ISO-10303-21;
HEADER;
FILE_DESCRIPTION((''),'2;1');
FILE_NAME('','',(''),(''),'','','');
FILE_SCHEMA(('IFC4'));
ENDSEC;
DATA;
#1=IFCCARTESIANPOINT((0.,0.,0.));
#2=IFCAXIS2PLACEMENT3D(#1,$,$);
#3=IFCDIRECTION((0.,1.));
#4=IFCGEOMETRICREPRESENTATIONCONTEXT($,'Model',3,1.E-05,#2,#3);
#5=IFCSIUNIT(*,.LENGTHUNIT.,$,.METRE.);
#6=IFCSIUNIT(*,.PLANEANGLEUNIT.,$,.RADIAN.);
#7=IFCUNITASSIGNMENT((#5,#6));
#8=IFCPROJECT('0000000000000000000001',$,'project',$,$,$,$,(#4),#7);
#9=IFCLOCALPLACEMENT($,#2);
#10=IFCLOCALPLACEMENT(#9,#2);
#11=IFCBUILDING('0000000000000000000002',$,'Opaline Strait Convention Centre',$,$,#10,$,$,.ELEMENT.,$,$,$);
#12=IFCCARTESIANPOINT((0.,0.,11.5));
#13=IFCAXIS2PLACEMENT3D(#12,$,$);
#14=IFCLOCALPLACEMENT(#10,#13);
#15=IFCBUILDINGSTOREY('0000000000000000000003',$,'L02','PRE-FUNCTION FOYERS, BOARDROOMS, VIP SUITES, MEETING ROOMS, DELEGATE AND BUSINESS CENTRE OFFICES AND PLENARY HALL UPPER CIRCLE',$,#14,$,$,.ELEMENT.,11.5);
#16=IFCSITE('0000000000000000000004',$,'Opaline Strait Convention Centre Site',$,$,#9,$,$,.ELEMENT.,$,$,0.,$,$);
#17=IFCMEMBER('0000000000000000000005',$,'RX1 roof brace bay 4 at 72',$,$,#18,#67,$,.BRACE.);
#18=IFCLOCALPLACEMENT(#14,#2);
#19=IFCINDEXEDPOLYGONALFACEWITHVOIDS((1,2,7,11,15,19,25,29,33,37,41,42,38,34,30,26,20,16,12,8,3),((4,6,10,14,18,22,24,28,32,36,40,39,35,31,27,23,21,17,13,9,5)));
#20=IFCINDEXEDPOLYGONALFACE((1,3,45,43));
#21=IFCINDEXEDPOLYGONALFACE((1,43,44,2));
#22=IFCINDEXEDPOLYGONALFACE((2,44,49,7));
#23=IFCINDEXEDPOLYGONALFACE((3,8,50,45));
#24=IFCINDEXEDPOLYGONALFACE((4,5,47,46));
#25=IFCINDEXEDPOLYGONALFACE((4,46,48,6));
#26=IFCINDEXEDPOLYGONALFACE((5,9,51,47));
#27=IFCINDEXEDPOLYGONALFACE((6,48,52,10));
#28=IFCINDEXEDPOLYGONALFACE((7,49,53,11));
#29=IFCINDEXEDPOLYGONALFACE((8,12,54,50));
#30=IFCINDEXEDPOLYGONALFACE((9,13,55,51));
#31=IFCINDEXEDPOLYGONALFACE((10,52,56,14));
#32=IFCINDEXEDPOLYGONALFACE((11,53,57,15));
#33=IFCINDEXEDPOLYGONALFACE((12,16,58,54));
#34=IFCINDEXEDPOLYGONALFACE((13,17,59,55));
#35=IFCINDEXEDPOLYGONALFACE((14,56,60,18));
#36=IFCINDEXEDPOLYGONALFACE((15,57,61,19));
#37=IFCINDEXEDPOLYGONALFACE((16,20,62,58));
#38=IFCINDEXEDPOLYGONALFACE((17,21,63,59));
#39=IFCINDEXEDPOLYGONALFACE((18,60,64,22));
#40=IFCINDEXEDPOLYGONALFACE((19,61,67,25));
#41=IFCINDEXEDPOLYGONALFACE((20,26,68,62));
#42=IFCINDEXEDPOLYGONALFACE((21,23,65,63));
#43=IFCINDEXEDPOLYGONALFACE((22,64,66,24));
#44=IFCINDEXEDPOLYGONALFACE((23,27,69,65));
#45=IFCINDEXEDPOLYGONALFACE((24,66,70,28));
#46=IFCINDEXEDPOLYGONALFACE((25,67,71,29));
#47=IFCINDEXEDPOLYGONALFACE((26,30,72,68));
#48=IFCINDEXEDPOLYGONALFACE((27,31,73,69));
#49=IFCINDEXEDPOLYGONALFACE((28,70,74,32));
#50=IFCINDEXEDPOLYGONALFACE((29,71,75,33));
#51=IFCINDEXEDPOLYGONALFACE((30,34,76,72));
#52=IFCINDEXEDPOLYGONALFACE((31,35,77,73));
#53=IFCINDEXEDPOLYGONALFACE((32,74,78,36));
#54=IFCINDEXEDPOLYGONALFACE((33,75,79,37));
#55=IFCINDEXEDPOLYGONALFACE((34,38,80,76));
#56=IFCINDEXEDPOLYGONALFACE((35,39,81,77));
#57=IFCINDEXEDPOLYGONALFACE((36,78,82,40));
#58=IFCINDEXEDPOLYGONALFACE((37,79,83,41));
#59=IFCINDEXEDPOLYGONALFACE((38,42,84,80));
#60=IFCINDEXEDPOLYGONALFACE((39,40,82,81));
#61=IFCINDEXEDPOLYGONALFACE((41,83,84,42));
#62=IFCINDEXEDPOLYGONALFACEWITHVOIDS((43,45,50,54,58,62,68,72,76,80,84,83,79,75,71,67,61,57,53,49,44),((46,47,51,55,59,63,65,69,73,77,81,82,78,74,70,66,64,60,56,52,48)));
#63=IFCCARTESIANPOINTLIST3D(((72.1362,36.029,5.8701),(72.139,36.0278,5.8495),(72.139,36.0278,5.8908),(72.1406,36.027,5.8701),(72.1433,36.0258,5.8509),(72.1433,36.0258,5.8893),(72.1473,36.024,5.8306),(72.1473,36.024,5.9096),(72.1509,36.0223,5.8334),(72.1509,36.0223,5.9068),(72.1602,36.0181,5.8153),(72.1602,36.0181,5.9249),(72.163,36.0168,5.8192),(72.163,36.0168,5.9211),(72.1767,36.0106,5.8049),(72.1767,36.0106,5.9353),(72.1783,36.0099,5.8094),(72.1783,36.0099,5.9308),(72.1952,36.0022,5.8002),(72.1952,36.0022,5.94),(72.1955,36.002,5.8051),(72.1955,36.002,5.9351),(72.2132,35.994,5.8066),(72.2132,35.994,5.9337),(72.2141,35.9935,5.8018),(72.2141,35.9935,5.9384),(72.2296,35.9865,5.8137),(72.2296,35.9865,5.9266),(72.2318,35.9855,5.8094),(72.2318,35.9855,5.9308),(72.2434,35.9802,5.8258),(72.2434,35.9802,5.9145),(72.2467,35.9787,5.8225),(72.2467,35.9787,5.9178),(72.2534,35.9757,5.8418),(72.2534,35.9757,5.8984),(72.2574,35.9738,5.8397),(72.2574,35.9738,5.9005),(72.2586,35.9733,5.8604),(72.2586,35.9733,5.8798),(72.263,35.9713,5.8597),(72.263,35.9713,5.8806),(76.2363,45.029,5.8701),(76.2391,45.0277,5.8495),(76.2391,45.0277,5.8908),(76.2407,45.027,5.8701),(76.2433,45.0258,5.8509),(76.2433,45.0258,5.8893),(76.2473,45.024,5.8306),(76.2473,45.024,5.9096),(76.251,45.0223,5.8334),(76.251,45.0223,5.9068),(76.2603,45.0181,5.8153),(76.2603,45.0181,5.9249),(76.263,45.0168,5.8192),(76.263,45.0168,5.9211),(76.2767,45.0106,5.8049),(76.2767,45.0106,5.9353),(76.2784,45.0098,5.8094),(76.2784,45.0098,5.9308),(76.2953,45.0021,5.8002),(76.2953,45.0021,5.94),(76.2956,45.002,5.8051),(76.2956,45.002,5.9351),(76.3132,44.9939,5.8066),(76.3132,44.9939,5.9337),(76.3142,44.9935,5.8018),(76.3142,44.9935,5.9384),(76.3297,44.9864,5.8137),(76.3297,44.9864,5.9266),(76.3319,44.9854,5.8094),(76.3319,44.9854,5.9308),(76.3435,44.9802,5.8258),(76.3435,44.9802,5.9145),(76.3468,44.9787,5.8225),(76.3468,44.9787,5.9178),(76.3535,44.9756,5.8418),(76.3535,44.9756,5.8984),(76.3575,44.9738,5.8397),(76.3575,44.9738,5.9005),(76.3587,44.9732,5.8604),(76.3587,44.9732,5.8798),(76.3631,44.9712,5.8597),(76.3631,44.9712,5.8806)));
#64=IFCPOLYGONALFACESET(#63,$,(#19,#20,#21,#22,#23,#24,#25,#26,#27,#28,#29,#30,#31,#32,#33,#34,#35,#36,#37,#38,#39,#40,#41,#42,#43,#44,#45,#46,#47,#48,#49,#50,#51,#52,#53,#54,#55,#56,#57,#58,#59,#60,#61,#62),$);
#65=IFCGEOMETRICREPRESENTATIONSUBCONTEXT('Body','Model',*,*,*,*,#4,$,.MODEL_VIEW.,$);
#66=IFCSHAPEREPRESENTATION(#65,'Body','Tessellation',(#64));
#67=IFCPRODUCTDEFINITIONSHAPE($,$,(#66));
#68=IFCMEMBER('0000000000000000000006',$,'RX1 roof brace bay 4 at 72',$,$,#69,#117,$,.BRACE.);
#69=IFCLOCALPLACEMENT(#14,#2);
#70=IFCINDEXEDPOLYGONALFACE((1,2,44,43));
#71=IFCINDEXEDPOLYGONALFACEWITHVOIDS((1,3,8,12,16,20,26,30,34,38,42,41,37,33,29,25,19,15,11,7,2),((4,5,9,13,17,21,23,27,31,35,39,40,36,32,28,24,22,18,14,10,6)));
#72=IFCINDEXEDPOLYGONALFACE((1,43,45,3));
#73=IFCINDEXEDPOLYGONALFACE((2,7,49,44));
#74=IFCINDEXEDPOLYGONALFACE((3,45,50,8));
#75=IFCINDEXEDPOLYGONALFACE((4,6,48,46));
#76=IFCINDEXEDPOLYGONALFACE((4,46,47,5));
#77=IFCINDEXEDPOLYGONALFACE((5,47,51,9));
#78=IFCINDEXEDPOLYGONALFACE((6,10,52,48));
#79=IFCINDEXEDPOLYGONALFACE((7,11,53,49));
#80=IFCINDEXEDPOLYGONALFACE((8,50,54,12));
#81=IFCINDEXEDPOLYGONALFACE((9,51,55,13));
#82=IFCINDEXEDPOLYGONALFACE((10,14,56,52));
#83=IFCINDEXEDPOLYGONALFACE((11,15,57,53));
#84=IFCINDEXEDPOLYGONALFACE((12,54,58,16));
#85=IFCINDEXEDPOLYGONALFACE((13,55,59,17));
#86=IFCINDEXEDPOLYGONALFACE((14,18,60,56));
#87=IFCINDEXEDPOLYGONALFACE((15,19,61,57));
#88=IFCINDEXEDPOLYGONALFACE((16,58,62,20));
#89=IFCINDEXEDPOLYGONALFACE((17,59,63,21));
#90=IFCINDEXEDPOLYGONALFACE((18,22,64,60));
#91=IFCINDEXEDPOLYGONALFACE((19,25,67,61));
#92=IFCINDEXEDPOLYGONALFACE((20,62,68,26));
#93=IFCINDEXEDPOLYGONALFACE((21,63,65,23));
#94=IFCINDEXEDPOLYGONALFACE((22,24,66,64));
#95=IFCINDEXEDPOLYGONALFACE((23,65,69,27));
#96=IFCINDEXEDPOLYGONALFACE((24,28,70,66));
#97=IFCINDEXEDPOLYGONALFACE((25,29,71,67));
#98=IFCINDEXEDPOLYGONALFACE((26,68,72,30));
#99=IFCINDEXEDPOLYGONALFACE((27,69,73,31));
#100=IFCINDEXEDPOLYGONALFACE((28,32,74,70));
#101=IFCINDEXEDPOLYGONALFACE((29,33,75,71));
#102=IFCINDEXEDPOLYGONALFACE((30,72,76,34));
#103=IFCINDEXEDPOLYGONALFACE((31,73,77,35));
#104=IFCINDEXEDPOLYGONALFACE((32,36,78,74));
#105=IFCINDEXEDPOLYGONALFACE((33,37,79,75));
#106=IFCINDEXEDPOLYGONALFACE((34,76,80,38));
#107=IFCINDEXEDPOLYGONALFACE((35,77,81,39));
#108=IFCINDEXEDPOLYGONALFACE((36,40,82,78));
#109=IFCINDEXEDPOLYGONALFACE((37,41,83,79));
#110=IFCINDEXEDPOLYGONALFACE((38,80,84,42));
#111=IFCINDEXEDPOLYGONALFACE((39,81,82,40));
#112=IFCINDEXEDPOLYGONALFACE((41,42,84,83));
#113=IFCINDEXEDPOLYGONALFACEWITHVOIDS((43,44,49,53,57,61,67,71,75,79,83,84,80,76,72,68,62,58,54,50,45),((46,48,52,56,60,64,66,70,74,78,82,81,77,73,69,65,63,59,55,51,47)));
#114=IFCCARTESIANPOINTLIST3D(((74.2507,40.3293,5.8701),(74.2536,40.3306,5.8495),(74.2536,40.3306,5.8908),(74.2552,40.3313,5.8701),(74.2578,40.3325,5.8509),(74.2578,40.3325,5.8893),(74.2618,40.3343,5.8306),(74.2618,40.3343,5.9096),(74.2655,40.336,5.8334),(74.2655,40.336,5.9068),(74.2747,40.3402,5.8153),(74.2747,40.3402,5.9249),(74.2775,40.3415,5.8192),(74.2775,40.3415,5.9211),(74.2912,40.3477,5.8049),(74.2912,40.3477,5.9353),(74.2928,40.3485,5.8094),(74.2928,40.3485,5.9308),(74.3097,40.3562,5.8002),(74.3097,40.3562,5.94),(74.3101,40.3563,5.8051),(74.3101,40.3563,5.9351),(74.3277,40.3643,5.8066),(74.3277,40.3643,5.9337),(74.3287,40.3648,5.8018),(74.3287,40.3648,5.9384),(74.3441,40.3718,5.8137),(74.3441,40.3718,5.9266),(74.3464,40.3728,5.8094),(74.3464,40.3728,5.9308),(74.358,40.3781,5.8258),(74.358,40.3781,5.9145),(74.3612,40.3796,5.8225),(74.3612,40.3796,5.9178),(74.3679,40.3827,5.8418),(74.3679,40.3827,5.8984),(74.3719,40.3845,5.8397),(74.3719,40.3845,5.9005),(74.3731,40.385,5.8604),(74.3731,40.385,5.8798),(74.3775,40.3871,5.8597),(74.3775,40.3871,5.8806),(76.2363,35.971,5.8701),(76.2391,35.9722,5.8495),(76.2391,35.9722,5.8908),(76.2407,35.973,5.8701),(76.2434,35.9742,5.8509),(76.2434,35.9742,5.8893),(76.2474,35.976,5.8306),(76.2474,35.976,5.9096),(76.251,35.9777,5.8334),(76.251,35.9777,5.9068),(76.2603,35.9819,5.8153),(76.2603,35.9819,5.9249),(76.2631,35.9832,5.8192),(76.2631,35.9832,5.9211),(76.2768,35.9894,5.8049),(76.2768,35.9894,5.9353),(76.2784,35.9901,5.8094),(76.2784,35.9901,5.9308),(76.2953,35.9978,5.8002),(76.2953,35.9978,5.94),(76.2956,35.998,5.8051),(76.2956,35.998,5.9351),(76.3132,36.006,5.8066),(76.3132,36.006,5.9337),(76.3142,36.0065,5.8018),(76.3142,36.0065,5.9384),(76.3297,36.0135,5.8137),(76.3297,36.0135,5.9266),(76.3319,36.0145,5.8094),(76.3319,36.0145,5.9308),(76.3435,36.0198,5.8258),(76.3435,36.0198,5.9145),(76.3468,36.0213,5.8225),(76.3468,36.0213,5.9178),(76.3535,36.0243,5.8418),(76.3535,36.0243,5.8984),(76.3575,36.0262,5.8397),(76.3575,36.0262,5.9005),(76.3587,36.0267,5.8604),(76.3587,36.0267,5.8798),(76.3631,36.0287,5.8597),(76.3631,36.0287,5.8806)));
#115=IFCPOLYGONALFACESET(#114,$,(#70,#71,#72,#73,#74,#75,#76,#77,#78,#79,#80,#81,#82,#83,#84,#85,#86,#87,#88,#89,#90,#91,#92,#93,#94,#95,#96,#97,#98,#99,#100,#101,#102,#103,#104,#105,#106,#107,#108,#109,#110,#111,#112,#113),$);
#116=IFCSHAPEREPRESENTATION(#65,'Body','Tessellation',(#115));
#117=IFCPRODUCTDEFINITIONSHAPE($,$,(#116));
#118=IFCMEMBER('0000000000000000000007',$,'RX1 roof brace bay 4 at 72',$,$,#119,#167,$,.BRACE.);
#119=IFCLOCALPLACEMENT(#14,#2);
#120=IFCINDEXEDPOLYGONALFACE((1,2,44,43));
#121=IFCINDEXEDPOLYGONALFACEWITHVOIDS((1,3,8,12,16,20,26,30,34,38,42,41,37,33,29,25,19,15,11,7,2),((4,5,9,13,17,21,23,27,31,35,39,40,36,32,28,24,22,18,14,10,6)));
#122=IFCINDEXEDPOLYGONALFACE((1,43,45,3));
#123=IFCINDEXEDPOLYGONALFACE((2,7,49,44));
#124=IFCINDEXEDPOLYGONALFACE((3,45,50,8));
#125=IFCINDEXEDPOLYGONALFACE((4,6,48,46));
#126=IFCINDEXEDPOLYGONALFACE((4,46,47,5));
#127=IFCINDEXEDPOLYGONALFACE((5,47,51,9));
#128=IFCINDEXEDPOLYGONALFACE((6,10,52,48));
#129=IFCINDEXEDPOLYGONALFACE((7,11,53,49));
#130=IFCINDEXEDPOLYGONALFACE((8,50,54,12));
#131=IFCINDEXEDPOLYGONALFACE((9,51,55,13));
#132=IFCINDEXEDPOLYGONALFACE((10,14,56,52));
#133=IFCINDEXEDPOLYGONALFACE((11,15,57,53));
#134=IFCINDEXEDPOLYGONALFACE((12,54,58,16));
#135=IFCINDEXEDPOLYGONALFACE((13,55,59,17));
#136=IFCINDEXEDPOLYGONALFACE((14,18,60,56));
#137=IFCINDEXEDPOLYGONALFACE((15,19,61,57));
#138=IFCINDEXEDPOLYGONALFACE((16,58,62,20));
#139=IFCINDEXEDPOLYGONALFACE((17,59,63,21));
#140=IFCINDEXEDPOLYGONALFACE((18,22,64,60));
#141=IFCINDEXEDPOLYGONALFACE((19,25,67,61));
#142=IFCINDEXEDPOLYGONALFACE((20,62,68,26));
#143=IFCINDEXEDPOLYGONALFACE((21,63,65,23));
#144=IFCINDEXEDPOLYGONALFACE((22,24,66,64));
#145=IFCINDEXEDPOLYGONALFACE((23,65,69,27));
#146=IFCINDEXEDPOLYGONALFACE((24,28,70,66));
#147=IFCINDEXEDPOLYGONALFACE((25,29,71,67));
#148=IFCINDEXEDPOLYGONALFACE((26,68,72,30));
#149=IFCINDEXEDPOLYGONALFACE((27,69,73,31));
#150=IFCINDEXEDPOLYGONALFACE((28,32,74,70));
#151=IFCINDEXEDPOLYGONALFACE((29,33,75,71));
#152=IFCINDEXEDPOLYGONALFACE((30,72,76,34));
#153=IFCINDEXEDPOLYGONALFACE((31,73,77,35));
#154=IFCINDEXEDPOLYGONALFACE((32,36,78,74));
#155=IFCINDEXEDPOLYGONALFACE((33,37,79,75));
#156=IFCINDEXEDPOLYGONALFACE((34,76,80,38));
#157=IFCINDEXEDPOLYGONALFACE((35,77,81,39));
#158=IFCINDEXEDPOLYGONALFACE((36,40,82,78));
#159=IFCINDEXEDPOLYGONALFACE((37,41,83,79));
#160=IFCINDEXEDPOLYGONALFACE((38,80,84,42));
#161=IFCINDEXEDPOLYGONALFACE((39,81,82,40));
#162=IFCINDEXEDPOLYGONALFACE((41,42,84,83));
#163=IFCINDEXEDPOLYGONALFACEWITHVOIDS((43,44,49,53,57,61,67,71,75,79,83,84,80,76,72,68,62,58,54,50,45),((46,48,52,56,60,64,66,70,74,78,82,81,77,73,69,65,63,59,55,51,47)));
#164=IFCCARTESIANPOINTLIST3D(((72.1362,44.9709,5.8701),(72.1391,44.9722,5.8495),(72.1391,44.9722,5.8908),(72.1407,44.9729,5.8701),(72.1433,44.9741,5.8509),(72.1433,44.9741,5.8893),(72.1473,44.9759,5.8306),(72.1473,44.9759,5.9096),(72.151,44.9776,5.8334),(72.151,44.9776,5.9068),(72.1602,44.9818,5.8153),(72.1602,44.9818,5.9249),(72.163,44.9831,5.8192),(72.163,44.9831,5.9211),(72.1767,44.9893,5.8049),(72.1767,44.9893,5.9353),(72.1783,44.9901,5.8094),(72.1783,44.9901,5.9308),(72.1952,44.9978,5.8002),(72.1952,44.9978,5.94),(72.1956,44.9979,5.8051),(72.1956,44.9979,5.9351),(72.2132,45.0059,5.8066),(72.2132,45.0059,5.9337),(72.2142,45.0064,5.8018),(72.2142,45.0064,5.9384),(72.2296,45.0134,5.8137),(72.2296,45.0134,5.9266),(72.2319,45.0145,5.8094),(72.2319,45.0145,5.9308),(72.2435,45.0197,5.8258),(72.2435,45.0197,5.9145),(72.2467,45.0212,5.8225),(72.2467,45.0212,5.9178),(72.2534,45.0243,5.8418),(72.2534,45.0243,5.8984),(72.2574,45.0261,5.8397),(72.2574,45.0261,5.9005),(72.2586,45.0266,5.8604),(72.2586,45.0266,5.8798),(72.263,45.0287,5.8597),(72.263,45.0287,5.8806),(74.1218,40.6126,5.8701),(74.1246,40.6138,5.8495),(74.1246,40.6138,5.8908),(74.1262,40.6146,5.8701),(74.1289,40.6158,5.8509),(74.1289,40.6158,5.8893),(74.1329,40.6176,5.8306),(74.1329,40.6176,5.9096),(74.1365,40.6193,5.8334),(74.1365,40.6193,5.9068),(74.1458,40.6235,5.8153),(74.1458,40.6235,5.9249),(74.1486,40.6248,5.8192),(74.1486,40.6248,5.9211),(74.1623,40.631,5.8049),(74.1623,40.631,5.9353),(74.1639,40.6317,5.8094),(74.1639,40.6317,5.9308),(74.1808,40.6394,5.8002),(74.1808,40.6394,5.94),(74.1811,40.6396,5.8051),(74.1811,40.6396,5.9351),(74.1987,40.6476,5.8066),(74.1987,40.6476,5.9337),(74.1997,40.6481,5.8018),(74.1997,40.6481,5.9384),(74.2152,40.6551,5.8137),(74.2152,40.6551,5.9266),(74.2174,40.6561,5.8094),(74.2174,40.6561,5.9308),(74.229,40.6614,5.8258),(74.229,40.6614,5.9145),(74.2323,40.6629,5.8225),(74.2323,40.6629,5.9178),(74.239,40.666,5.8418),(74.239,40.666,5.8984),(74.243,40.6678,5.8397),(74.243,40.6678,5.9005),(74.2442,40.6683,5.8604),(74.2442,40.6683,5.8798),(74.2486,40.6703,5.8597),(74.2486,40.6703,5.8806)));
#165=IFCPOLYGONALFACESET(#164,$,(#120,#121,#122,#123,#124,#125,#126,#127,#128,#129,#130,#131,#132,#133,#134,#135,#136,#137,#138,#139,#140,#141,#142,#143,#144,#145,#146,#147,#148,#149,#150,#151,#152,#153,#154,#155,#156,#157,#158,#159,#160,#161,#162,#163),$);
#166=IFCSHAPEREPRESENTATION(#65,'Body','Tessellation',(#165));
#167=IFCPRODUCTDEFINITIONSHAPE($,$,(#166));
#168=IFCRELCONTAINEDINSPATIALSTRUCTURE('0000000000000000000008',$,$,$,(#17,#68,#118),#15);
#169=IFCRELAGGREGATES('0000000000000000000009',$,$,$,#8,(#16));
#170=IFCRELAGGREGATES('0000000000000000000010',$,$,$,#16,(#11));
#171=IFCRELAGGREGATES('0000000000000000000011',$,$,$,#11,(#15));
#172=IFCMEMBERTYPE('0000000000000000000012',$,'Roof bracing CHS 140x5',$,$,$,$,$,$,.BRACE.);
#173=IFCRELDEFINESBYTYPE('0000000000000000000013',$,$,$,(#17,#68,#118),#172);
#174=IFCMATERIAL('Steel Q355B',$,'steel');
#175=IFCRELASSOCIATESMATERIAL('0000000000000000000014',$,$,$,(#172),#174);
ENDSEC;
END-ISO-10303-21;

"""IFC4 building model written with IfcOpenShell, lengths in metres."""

from ifc_helpers import new_model, si_unit, direction, frame, origin, origin_2d, place, context, subcontext, project, spatial, hollow_circle, extrude, material, material_profile, profile_set, type_object, element, save


model = new_model("IFC4")

# Units and contexts
model_context = context("Model", 3, precision=1e-05, world=origin(), true_north=direction((0.0, 1.0)))
body_context = subcontext(model_context, "Body", "Model", "MODEL_VIEW")
ifc_project = project(units=[si_unit("LENGTHUNIT", "METRE"), si_unit("PLANEANGLEUNIT", "RADIAN")], contexts=[model_context])

# Site, building, storey
site_placement = place(None, origin())
site = spatial("IfcSite", under=ifc_project, at=site_placement, Name="Opaline Strait Convention Centre Site", CompositionType="ELEMENT", RefElevation=0.0)
building_placement = place(site_placement, origin())
building = spatial("IfcBuilding", under=site, at=building_placement, Name="Opaline Strait Convention Centre", CompositionType="ELEMENT")
storey_placement = place(building_placement, frame((0.0, 0.0, 11.5)))
storey = spatial("IfcBuildingStorey", under=building, at=storey_placement, Name="L02", Description="PRE-FUNCTION FOYERS, BOARDROOMS, VIP SUITES, MEETING ROOMS, DELEGATE AND BUSINESS CENTRE OFFICES AND PLENARY HALL UPPER CIRCLE", CompositionType="ELEMENT", Elevation=11.5)

# Shared definitions
ifc_material_1 = material(Name="Steel Q355B", Category="steel")

# Members
ifc_material_profile_1 = material_profile(ifc_material_1, hollow_circle(Radius=0.0701, WallThickness=0.0049, at=origin_2d()), Name="CHS 140x5")
ifc_profile_set_1 = profile_set([ifc_material_profile_1], Name="Steel Q355B")
member_type_1 = type_object("IfcMemberType", Name="Roof bracing CHS 140x5", PredefinedType="BRACE", material=ifc_profile_set_1)
member_1_placement = place(storey_placement, frame((72.2, 36.0, 5.8701), z_axis=(0.414573, 0.910016, 0.0), x_axis=(-0.910016, 0.414573, 0.0)))
element("IfcMember", 1, at=member_1_placement, inside=storey, type_object=member_type_1, Name="RX1 roof brace bay 4 at 72", PredefinedType="BRACE", context=body_context, shape_type="SweptSolid", body=[
    extrude(hollow_circle(Radius=0.0701, WallThickness=0.0049, at=origin_2d()), origin(), (0.0, 0.0, 1.0), 9.8899),
])
for number, where, z_axis, x_axis, name in (
    (2, (76.3, 36.0, 5.8701), (-0.414582, 0.910012, 0.0), (-0.910012, -0.414582, 0.0), "RX1 roof brace bay 4 at 72"),
    (3, (74.1855, 40.6416, 5.8701), (-0.414582, 0.910012, 0.0), (-0.910012, -0.414582, 0.0), "RX1 roof brace bay 4 at 72"),
):
    element("IfcMember", number, at=place(storey_placement, frame(where, z_axis=z_axis, x_axis=x_axis)), inside=storey, type_object=member_type_1, Name=name, PredefinedType="BRACE", context=body_context, shape_type="SweptSolid", body=[
        extrude(hollow_circle(Radius=0.0701, WallThickness=0.0049, at=origin_2d()), origin(), (0.0, 0.0, 1.0), 4.7893),
    ])

save(model, "model.ifc")
